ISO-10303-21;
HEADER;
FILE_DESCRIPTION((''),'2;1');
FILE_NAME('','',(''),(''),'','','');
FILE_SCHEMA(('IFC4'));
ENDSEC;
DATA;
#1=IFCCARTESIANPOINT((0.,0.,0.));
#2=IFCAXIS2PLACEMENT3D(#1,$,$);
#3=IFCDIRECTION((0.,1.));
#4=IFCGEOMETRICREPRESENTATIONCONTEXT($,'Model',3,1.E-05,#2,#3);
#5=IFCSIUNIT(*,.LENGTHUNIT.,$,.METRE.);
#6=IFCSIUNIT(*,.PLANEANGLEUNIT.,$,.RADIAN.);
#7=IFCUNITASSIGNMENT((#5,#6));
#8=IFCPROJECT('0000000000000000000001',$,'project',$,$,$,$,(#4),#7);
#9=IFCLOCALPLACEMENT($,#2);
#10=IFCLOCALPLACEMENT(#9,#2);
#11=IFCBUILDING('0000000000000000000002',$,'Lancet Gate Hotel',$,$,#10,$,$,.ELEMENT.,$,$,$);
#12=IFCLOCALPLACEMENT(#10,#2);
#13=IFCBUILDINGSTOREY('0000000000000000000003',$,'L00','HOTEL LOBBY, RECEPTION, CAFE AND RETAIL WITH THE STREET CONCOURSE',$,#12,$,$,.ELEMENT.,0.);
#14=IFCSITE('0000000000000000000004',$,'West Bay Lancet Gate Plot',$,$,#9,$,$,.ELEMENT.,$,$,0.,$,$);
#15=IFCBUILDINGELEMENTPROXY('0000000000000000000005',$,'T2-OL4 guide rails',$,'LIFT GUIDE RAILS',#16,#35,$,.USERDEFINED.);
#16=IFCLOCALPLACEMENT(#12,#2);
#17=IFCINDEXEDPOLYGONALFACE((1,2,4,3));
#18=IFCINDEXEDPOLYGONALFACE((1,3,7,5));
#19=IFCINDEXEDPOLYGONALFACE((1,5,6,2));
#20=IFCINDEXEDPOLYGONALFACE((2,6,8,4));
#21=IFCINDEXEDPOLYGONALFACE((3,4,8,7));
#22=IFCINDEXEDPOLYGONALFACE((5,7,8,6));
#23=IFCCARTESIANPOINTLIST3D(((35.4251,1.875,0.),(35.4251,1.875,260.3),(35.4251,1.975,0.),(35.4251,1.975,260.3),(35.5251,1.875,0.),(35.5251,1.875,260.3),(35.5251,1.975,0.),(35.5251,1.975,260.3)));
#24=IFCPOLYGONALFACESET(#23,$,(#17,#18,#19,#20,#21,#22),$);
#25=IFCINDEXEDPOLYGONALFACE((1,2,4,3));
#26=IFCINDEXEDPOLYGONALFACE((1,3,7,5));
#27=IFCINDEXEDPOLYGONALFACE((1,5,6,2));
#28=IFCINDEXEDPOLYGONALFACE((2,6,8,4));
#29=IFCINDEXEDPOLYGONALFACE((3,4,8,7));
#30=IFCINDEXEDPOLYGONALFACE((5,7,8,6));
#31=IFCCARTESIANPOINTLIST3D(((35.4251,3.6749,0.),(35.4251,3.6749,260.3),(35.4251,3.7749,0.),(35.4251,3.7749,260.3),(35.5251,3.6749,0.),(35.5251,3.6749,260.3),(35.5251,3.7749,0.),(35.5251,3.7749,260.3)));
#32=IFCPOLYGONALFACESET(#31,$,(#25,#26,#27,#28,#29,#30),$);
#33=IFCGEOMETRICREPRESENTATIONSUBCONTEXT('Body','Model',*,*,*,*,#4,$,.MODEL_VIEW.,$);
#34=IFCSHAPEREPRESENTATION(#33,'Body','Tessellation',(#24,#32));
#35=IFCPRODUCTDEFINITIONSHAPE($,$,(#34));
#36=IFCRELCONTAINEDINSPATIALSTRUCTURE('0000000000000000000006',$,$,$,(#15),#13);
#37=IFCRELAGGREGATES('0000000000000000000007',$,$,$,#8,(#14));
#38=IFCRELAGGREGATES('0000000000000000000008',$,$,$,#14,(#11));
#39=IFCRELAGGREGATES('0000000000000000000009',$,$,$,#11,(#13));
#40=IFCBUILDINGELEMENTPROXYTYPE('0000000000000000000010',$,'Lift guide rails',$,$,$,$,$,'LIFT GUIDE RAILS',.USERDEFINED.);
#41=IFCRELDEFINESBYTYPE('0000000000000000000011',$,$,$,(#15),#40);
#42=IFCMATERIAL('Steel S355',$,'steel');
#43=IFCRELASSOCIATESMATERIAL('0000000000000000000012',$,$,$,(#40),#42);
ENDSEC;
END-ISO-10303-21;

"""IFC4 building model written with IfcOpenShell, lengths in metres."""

from ifc_helpers import new_model, si_unit, direction, frame, origin, origin_2d, place, context, subcontext, project, spatial, rectangle, extrude, material, type_object, element, save


model = new_model("IFC4")

# Units and contexts
model_context = context("Model", 3, precision=1e-05, world=origin(), true_north=direction((0.0, 1.0)))
body_context = subcontext(model_context, "Body", "Model", "MODEL_VIEW")
ifc_project = project(units=[si_unit("LENGTHUNIT", "METRE"), si_unit("PLANEANGLEUNIT", "RADIAN")], contexts=[model_context])

# Site, building, storey
site_placement = place(None, origin())
site = spatial("IfcSite", under=ifc_project, at=site_placement, Name="West Bay Lancet Gate Plot", CompositionType="ELEMENT", RefElevation=0.0)
building_placement = place(site_placement, origin())
building = spatial("IfcBuilding", under=site, at=building_placement, Name="Lancet Gate Hotel", CompositionType="ELEMENT")
storey_placement = place(building_placement, origin())
storey = spatial("IfcBuildingStorey", under=building, at=storey_placement, Name="L00", Description="HOTEL LOBBY, RECEPTION, CAFE AND RETAIL WITH THE STREET CONCOURSE", CompositionType="ELEMENT", Elevation=0.0)

# Building element proxy
ifc_material_1 = material(Name="Steel S355", Category="steel")
building_element_proxy_type = type_object("IfcBuildingElementProxyType", Name="Lift guide rails", ElementType="LIFT GUIDE RAILS", PredefinedType="USERDEFINED", material=ifc_material_1)
proxy_placement = place(storey_placement, frame((35.4751, 2.825, 0.0), z_axis=(0.0, 0.0, 1.0), x_axis=(1.0, 0.0, 0.0)))
element("IfcBuildingElementProxy", 1, at=proxy_placement, inside=storey, type_object=building_element_proxy_type, Name="T2-OL4 guide rails", ObjectType="LIFT GUIDE RAILS", PredefinedType="USERDEFINED", context=body_context, shape_type="SweptSolid", body=[
    extrude(rectangle(XDim=0.1, YDim=0.1, at=origin_2d()), frame((0.0, -0.8999, 0.0)), (0.0, 0.0, 1.0), 260.3),
    extrude(rectangle(XDim=0.1, YDim=0.1, at=origin_2d()), frame((0.0, 0.8999, 0.0)), (0.0, 0.0, 1.0), 260.3),
])

save(model, "model.ifc")
